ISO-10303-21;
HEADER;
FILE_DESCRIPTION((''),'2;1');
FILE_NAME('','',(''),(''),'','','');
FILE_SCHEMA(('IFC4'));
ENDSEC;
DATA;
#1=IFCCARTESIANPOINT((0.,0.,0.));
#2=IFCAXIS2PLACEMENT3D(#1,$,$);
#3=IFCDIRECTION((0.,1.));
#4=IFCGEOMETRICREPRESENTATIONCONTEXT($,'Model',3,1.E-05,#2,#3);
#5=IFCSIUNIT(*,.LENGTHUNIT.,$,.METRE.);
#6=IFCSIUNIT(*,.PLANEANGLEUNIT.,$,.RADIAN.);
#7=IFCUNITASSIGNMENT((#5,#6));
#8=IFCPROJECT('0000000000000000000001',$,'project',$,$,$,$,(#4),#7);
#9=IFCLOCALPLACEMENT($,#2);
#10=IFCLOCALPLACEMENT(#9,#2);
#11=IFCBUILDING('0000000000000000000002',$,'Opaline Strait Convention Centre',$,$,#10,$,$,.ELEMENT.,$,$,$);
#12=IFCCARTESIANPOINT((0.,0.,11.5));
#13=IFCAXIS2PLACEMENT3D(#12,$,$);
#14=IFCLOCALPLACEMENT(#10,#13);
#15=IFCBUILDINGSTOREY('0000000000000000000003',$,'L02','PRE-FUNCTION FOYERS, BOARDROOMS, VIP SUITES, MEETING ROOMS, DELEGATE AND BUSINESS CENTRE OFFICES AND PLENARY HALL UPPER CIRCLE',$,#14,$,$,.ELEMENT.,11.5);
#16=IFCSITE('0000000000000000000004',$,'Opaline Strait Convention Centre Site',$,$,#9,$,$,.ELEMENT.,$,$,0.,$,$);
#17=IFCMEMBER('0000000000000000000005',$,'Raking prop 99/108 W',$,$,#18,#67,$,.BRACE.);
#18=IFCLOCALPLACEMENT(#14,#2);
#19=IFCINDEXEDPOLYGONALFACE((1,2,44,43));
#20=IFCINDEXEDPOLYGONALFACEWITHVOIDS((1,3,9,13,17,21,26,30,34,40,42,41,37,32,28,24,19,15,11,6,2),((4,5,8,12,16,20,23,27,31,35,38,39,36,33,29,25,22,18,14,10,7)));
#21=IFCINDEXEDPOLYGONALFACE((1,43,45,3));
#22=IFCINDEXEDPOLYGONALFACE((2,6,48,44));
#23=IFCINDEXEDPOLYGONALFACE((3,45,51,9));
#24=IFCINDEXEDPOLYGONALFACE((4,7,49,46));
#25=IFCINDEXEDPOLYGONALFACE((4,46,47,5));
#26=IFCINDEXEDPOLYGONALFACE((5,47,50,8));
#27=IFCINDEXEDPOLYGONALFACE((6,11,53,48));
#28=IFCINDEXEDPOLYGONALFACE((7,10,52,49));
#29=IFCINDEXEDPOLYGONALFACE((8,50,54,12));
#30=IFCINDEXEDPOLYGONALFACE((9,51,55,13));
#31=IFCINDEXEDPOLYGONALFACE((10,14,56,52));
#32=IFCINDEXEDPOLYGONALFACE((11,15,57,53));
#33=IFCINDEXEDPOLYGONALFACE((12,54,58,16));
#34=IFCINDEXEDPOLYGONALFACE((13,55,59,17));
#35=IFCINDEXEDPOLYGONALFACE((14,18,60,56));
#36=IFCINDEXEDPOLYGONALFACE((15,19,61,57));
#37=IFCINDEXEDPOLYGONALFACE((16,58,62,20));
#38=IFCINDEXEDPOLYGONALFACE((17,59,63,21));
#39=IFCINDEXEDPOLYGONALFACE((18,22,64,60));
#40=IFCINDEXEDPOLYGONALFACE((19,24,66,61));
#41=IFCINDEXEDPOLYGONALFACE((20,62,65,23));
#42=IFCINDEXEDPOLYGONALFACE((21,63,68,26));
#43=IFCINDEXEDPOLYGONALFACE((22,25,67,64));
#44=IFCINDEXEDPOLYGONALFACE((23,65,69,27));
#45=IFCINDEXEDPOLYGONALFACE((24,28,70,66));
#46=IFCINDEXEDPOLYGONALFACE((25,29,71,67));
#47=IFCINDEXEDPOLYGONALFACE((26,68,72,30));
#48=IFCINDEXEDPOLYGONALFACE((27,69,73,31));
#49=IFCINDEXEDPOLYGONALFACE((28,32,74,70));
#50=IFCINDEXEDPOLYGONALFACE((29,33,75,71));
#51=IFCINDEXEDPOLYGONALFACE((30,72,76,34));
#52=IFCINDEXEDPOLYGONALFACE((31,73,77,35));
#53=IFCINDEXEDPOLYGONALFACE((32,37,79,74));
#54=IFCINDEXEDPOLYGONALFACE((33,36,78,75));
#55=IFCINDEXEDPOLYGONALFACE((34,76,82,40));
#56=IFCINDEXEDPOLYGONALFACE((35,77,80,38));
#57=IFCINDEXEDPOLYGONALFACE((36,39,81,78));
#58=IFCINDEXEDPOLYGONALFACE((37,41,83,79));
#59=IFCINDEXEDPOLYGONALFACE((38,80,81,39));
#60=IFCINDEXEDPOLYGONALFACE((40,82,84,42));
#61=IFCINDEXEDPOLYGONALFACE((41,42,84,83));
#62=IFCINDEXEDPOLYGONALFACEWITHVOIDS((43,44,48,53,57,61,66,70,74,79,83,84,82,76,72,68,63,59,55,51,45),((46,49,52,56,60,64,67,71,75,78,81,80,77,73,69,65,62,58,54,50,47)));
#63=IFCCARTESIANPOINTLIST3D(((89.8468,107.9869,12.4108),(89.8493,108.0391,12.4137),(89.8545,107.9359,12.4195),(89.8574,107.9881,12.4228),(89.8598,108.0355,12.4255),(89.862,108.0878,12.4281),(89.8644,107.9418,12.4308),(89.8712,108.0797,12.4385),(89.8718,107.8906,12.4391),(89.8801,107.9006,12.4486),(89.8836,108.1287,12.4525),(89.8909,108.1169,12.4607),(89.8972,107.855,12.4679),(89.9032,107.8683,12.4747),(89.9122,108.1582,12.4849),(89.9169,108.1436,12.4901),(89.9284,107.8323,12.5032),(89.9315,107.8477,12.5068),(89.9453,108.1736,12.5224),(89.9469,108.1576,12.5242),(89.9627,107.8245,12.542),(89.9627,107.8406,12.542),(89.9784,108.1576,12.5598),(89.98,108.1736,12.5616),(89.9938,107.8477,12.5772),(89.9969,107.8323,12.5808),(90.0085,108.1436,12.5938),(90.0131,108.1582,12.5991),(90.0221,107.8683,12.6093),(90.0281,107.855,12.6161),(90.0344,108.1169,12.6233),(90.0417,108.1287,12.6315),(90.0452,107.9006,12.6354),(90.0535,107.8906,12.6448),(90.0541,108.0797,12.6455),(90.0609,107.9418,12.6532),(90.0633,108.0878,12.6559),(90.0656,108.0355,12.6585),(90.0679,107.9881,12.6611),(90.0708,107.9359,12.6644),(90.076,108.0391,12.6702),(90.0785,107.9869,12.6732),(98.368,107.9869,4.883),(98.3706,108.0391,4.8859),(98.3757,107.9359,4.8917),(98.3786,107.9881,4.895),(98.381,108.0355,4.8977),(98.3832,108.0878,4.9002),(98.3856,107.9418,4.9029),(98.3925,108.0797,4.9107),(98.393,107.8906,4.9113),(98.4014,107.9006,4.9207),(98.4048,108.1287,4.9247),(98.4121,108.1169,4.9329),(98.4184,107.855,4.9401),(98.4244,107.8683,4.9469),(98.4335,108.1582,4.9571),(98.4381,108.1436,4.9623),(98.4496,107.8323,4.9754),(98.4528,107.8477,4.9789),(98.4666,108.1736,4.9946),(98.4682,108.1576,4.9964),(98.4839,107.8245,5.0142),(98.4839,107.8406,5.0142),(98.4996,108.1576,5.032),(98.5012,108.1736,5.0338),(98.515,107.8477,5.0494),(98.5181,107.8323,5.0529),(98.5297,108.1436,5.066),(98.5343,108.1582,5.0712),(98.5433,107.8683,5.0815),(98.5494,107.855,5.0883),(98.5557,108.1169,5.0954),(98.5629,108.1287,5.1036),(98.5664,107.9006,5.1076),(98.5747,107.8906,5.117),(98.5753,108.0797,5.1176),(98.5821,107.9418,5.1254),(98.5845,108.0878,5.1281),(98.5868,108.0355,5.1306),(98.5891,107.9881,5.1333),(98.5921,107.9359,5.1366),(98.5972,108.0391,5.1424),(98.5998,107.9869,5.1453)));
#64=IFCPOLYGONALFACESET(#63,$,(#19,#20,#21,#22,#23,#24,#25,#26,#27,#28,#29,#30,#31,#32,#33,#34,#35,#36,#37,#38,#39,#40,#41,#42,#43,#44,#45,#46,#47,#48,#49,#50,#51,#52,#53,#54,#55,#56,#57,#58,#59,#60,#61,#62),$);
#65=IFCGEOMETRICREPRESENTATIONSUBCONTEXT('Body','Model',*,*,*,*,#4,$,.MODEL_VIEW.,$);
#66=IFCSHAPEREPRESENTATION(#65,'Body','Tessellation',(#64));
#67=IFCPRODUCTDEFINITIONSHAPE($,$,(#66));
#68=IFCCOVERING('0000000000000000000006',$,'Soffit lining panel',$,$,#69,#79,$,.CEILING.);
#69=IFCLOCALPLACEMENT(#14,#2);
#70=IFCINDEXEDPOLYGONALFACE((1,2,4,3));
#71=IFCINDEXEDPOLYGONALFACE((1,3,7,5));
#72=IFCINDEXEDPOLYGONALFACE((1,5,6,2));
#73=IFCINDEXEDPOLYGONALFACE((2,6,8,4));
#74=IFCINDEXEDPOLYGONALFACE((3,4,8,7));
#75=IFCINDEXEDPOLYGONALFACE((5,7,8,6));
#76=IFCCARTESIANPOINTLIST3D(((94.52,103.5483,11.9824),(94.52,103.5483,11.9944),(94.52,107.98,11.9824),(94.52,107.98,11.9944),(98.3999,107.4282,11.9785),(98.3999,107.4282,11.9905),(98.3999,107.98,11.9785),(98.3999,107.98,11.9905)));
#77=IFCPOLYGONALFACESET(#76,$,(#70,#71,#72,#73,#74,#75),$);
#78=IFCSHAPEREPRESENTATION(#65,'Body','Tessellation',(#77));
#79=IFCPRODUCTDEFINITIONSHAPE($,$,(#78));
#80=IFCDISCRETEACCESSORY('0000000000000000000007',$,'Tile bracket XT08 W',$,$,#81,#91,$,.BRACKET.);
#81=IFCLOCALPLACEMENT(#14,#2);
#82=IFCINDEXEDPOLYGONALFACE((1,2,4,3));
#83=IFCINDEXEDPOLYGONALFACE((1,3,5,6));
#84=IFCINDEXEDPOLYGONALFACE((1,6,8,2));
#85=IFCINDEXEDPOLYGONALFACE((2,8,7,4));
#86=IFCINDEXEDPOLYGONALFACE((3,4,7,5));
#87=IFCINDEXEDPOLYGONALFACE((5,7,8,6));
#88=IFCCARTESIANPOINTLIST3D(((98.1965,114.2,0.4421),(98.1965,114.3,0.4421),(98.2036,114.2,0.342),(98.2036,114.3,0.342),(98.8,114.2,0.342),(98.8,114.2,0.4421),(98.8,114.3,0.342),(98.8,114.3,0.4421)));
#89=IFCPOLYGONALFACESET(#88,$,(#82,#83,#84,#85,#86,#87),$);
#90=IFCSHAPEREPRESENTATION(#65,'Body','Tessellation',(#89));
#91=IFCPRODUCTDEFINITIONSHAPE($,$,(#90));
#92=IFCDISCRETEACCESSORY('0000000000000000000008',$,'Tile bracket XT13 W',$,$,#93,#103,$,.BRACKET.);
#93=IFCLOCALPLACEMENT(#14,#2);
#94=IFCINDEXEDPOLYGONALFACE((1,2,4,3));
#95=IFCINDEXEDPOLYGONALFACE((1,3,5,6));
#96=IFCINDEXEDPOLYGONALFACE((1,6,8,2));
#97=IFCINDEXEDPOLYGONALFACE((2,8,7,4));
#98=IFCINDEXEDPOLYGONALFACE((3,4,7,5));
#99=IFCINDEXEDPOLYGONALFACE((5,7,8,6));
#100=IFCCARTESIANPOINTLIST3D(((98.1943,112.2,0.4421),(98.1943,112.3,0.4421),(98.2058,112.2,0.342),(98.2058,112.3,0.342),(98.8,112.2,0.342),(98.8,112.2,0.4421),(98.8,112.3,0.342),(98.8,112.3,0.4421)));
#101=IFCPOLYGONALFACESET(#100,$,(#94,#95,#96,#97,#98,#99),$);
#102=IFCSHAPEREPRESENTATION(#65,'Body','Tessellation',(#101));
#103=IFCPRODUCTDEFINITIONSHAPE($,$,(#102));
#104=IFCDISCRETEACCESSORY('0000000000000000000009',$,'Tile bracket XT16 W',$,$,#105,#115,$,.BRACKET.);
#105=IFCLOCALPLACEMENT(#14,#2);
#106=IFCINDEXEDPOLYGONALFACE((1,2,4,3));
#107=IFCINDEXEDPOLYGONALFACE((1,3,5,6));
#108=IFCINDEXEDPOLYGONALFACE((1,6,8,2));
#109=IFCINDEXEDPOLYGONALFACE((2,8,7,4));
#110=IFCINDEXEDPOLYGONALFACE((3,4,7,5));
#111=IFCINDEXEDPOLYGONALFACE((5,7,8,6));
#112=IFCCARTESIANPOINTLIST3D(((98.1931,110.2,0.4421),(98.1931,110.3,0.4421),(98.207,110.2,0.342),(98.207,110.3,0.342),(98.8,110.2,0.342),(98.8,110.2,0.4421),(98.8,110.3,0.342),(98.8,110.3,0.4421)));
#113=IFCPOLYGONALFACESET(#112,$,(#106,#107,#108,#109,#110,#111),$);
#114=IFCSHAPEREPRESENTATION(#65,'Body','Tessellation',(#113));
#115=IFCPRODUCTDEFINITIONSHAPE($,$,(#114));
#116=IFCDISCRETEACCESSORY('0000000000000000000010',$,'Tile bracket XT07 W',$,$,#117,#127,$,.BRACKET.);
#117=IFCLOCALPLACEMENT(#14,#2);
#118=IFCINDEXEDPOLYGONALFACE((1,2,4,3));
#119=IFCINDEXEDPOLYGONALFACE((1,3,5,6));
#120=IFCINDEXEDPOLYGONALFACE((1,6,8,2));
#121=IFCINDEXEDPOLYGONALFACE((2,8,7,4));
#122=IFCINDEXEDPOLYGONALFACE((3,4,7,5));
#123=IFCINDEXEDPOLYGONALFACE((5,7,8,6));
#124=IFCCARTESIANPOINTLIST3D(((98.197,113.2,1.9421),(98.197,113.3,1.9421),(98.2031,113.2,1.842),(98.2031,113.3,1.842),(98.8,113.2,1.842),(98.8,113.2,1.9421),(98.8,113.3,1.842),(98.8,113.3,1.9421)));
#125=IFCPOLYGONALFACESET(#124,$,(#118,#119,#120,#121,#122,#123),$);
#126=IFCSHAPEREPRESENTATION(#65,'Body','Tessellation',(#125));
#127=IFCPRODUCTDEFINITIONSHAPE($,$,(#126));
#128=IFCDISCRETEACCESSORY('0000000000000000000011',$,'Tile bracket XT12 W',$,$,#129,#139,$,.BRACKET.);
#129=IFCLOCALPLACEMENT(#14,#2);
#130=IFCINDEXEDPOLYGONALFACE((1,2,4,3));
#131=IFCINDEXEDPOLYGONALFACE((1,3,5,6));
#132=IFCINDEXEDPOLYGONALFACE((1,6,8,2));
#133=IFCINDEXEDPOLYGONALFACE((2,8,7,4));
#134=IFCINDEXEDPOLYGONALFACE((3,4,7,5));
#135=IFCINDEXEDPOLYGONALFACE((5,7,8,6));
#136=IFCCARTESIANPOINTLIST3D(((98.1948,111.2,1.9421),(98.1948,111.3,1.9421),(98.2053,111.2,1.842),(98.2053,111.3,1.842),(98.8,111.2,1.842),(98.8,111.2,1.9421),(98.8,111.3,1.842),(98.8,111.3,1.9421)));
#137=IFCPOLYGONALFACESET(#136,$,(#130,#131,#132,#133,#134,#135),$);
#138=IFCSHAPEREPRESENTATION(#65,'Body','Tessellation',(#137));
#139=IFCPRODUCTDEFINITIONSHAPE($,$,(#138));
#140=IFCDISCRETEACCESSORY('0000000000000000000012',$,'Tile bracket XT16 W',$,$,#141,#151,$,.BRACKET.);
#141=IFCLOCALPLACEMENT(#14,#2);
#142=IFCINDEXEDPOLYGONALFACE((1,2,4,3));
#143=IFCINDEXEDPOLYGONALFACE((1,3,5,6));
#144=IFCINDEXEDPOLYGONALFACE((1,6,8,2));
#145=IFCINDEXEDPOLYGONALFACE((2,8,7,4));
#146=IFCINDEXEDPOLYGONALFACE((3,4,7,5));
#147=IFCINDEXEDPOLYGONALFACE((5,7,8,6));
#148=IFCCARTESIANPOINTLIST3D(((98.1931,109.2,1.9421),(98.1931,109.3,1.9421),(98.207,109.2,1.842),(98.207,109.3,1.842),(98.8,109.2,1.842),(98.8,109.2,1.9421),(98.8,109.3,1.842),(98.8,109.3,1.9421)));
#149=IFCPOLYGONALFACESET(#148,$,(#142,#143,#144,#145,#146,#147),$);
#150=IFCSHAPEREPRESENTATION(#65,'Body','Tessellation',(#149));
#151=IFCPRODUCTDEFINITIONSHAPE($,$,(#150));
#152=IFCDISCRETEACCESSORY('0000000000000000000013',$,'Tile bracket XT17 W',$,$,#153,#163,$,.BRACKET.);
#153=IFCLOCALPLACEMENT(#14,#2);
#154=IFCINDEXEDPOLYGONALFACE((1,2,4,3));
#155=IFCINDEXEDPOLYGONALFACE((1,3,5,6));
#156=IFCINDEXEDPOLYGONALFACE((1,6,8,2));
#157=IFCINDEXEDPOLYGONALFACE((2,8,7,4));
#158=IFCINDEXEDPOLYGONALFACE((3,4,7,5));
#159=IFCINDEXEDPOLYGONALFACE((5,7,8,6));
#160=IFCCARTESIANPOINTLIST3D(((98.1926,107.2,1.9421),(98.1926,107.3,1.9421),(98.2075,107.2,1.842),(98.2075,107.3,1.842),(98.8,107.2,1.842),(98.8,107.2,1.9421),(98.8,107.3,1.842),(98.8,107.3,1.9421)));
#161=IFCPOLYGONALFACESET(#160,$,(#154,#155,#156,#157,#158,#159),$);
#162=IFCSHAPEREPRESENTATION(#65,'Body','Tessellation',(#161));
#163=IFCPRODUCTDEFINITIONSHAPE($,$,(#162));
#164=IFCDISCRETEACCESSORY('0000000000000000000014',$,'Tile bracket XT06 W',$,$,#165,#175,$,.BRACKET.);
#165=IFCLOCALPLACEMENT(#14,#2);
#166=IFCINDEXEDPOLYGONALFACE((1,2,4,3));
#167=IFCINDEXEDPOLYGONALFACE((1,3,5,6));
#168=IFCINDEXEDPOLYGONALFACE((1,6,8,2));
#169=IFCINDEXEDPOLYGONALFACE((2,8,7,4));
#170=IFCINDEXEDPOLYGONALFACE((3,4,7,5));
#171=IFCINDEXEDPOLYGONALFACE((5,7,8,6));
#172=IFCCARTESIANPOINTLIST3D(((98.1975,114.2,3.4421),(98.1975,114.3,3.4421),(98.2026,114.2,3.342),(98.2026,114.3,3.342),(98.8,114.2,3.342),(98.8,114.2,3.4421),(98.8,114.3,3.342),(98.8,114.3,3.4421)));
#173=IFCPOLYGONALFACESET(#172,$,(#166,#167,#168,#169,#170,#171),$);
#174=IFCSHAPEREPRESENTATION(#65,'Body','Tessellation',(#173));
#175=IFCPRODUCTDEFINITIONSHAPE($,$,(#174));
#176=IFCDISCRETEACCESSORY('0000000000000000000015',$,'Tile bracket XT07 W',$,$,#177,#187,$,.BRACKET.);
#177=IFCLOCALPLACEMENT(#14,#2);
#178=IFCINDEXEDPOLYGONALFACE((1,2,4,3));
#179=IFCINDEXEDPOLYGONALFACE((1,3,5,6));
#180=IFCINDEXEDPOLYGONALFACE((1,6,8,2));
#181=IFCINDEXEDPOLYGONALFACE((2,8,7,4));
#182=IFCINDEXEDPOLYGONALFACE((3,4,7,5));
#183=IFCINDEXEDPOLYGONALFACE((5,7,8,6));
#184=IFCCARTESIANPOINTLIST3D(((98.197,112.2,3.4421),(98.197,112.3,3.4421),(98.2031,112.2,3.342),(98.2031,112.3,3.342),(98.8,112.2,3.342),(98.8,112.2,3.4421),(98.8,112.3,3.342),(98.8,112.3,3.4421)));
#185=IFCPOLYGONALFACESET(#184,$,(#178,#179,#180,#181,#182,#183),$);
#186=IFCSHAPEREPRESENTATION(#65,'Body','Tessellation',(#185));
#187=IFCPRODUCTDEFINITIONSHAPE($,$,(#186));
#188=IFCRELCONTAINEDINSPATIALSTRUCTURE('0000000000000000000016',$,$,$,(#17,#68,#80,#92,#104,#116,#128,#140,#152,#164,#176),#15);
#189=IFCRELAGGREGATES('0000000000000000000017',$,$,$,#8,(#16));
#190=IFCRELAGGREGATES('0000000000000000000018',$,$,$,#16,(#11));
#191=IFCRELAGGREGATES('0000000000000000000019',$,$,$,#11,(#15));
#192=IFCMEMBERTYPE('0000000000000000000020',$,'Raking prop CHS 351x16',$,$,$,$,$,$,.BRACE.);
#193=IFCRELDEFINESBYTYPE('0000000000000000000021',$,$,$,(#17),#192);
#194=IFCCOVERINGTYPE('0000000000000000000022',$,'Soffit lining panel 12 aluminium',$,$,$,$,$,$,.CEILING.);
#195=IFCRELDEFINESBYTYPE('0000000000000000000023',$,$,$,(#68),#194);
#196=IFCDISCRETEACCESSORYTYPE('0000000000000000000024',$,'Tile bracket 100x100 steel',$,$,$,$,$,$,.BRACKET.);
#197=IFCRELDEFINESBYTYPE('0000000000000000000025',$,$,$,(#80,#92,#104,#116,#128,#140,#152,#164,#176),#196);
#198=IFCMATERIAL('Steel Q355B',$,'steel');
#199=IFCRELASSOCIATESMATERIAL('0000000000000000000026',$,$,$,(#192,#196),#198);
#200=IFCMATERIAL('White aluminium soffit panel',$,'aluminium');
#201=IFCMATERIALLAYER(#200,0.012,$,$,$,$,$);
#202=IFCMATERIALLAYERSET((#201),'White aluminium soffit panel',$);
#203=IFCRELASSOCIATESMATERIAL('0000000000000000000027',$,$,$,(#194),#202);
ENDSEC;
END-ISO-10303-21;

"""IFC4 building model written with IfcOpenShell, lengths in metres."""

from ifc_helpers import new_model, si_unit, direction, frame, origin, origin_2d, place, context, subcontext, project, spatial, polyline, hollow_circle, outline, extrude, material, layer, layer_set, material_profile, profile_set, type_object, element, save


model = new_model("IFC4")

# Units and contexts
model_context = context("Model", 3, precision=1e-05, world=origin(), true_north=direction((0.0, 1.0)))
body_context = subcontext(model_context, "Body", "Model", "MODEL_VIEW")
ifc_project = project(units=[si_unit("LENGTHUNIT", "METRE"), si_unit("PLANEANGLEUNIT", "RADIAN")], contexts=[model_context])

# Site, building, storey
site_placement = place(None, origin())
site = spatial("IfcSite", under=ifc_project, at=site_placement, Name="Opaline Strait Convention Centre Site", CompositionType="ELEMENT", RefElevation=0.0)
building_placement = place(site_placement, origin())
building = spatial("IfcBuilding", under=site, at=building_placement, Name="Opaline Strait Convention Centre", CompositionType="ELEMENT")
storey_placement = place(building_placement, frame((0.0, 0.0, 11.5)))
storey = spatial("IfcBuildingStorey", under=building, at=storey_placement, Name="L02", Description="PRE-FUNCTION FOYERS, BOARDROOMS, VIP SUITES, MEETING ROOMS, DELEGATE AND BUSINESS CENTRE OFFICES AND PLENARY HALL UPPER CIRCLE", CompositionType="ELEMENT", Elevation=11.5)

# Member
ifc_material_1 = material(Name="Steel Q355B", Category="steel")
ifc_material_profile = material_profile(ifc_material_1, hollow_circle(Radius=0.1755, WallThickness=0.0161, at=origin_2d()), Name="CHS 351x16")
ifc_profile_set = profile_set([ifc_material_profile], Name="Steel Q355B")
member_type = type_object("IfcMemberType", Name="Raking prop CHS 351x16", PredefinedType="BRACE", material=ifc_profile_set)
member_placement = place(storey_placement, frame((98.4839, 108.0, 5.0142), z_axis=(-0.749441, 0.0, 0.662071), x_axis=(0.0, -1.0, 0.0)))
element("IfcMember", 1, at=member_placement, inside=storey, type_object=member_type, Name="Raking prop 99/108 W", PredefinedType="BRACE", context=body_context, shape_type="SweptSolid", body=[
    extrude(hollow_circle(Radius=0.1755, WallThickness=0.0161, at=origin_2d()), origin(), (0.0, 0.0, 1.0), 11.3701),
])

# Covering
ifc_material_2 = material(Name="White aluminium soffit panel", Category="aluminium")
ifc_layer = layer(ifc_material_2, 0.012)
ifc_layer_set = layer_set([ifc_layer], Name="White aluminium soffit panel")
covering_type = type_object("IfcCoveringType", Name="Soffit lining panel 12 aluminium", PredefinedType="CEILING", material=ifc_layer_set)
covering_placement = place(storey_placement, frame((98.3999, 107.4282, 11.9905), z_axis=(0.001007, 0.0, 0.999999), x_axis=(-0.707107, -0.707107, 0.000712)))
element("IfcCovering", 2, at=covering_placement, inside=storey, type_object=covering_type, Name="Soffit lining panel", PredefinedType="CEILING", context=body_context, shape_type="SweptSolid", body=[
    extrude(outline(polyline([(0.0, 0.0), (5.487, 0.0), (2.3533, -3.1336), (-0.3902, -0.3902), (0.0, 0.0)])), origin(), (0.0, 0.0, -1.0), 0.012),
])

# Discrete accessories
discrete_accessory_type = type_object("IfcDiscreteAccessoryType", Name="Tile bracket 100x100 steel", PredefinedType="BRACKET", material=ifc_material_1)
discrete_accessory_1_placement = place(storey_placement, frame((98.8, 114.3, 0.3921), z_axis=(0.0, -1.0, 0.0), x_axis=(1.0, 0.0, 0.0)))
element("IfcDiscreteAccessory", 3, at=discrete_accessory_1_placement, inside=storey, type_object=discrete_accessory_type, Name="Tile bracket XT08 W", PredefinedType="BRACKET", context=body_context, shape_type="SweptSolid", body=[
    extrude(outline(polyline([(0.0, -0.05), (0.0, 0.05), (-0.6035, 0.05), (-0.5964, -0.05), (0.0, -0.05)])), origin(), (0.0, 0.0, 1.0), 0.1001),
])
discrete_accessory_2_placement = place(storey_placement, frame((98.8, 112.3, 0.3921), z_axis=(0.0, -1.0, 0.0), x_axis=(1.0, 0.0, 0.0)))
element("IfcDiscreteAccessory", 4, at=discrete_accessory_2_placement, inside=storey, type_object=discrete_accessory_type, Name="Tile bracket XT13 W", PredefinedType="BRACKET", context=body_context, shape_type="SweptSolid", body=[
    extrude(outline(polyline([(0.0, -0.05), (0.0, 0.05), (-0.6057, 0.05), (-0.5942, -0.05), (0.0, -0.05)])), origin(), (0.0, 0.0, 1.0), 0.1001),
])
discrete_accessory_3_placement = place(storey_placement, frame((98.8, 110.3, 0.3921), z_axis=(0.0, -1.0, 0.0), x_axis=(1.0, 0.0, 0.0)))
element("IfcDiscreteAccessory", 5, at=discrete_accessory_3_placement, inside=storey, type_object=discrete_accessory_type, Name="Tile bracket XT16 W", PredefinedType="BRACKET", context=body_context, shape_type="SweptSolid", body=[
    extrude(outline(polyline([(0.0, -0.05), (0.0, 0.05), (-0.6069, 0.05), (-0.593, -0.05), (0.0, -0.05)])), origin(), (0.0, 0.0, 1.0), 0.1001),
])
discrete_accessory_4_placement = place(storey_placement, frame((98.8, 113.3, 1.8921), z_axis=(0.0, -1.0, 0.0), x_axis=(1.0, 0.0, 0.0)))
element("IfcDiscreteAccessory", 6, at=discrete_accessory_4_placement, inside=storey, type_object=discrete_accessory_type, Name="Tile bracket XT07 W", PredefinedType="BRACKET", context=body_context, shape_type="SweptSolid", body=[
    extrude(outline(polyline([(0.0, -0.05), (0.0, 0.05), (-0.603, 0.05), (-0.5969, -0.05), (0.0, -0.05)])), origin(), (0.0, 0.0, 1.0), 0.1001),
])
discrete_accessory_5_placement = place(storey_placement, frame((98.8, 111.3, 1.8921), z_axis=(0.0, -1.0, 0.0), x_axis=(1.0, 0.0, 0.0)))
element("IfcDiscreteAccessory", 7, at=discrete_accessory_5_placement, inside=storey, type_object=discrete_accessory_type, Name="Tile bracket XT12 W", PredefinedType="BRACKET", context=body_context, shape_type="SweptSolid", body=[
    extrude(outline(polyline([(0.0, -0.05), (0.0, 0.05), (-0.6052, 0.05), (-0.5947, -0.05), (0.0, -0.05)])), origin(), (0.0, 0.0, 1.0), 0.1001),
])
discrete_accessory_6_placement = place(storey_placement, frame((98.8, 109.3, 1.8921), z_axis=(0.0, -1.0, 0.0), x_axis=(1.0, 0.0, 0.0)))
element("IfcDiscreteAccessory", 8, at=discrete_accessory_6_placement, inside=storey, type_object=discrete_accessory_type, Name="Tile bracket XT16 W", PredefinedType="BRACKET", context=body_context, shape_type="SweptSolid", body=[
    extrude(outline(polyline([(0.0, -0.05), (0.0, 0.05), (-0.6069, 0.05), (-0.593, -0.05), (0.0, -0.05)])), origin(), (0.0, 0.0, 1.0), 0.1001),
])
discrete_accessory_7_placement = place(storey_placement, frame((98.8, 107.3, 1.8921), z_axis=(0.0, -1.0, 0.0), x_axis=(1.0, 0.0, 0.0)))
element("IfcDiscreteAccessory", 9, at=discrete_accessory_7_placement, inside=storey, type_object=discrete_accessory_type, Name="Tile bracket XT17 W", PredefinedType="BRACKET", context=body_context, shape_type="SweptSolid", body=[
    extrude(outline(polyline([(0.0, -0.05), (0.0, 0.05), (-0.6074, 0.05), (-0.5925, -0.05), (0.0, -0.05)])), origin(), (0.0, 0.0, 1.0), 0.1001),
])
discrete_accessory_8_placement = place(storey_placement, frame((98.8, 114.3, 3.3921), z_axis=(0.0, -1.0, 0.0), x_axis=(1.0, 0.0, 0.0)))
element("IfcDiscreteAccessory", 10, at=discrete_accessory_8_placement, inside=storey, type_object=discrete_accessory_type, Name="Tile bracket XT06 W", PredefinedType="BRACKET", context=body_context, shape_type="SweptSolid", body=[
    extrude(outline(polyline([(0.0, -0.05), (0.0, 0.05), (-0.6025, 0.05), (-0.5974, -0.05), (0.0, -0.05)])), origin(), (0.0, 0.0, 1.0), 0.1001),
])
discrete_accessory_9_placement = place(storey_placement, frame((98.8, 112.3, 3.3921), z_axis=(0.0, -1.0, 0.0), x_axis=(1.0, 0.0, 0.0)))
element("IfcDiscreteAccessory", 11, at=discrete_accessory_9_placement, inside=storey, type_object=discrete_accessory_type, Name="Tile bracket XT07 W", PredefinedType="BRACKET", context=body_context, shape_type="SweptSolid", body=[
    extrude(outline(polyline([(0.0, -0.05), (0.0, 0.05), (-0.603, 0.05), (-0.5969, -0.05), (0.0, -0.05)])), origin(), (0.0, 0.0, 1.0), 0.1001),
])

save(model, "model.ifc")
